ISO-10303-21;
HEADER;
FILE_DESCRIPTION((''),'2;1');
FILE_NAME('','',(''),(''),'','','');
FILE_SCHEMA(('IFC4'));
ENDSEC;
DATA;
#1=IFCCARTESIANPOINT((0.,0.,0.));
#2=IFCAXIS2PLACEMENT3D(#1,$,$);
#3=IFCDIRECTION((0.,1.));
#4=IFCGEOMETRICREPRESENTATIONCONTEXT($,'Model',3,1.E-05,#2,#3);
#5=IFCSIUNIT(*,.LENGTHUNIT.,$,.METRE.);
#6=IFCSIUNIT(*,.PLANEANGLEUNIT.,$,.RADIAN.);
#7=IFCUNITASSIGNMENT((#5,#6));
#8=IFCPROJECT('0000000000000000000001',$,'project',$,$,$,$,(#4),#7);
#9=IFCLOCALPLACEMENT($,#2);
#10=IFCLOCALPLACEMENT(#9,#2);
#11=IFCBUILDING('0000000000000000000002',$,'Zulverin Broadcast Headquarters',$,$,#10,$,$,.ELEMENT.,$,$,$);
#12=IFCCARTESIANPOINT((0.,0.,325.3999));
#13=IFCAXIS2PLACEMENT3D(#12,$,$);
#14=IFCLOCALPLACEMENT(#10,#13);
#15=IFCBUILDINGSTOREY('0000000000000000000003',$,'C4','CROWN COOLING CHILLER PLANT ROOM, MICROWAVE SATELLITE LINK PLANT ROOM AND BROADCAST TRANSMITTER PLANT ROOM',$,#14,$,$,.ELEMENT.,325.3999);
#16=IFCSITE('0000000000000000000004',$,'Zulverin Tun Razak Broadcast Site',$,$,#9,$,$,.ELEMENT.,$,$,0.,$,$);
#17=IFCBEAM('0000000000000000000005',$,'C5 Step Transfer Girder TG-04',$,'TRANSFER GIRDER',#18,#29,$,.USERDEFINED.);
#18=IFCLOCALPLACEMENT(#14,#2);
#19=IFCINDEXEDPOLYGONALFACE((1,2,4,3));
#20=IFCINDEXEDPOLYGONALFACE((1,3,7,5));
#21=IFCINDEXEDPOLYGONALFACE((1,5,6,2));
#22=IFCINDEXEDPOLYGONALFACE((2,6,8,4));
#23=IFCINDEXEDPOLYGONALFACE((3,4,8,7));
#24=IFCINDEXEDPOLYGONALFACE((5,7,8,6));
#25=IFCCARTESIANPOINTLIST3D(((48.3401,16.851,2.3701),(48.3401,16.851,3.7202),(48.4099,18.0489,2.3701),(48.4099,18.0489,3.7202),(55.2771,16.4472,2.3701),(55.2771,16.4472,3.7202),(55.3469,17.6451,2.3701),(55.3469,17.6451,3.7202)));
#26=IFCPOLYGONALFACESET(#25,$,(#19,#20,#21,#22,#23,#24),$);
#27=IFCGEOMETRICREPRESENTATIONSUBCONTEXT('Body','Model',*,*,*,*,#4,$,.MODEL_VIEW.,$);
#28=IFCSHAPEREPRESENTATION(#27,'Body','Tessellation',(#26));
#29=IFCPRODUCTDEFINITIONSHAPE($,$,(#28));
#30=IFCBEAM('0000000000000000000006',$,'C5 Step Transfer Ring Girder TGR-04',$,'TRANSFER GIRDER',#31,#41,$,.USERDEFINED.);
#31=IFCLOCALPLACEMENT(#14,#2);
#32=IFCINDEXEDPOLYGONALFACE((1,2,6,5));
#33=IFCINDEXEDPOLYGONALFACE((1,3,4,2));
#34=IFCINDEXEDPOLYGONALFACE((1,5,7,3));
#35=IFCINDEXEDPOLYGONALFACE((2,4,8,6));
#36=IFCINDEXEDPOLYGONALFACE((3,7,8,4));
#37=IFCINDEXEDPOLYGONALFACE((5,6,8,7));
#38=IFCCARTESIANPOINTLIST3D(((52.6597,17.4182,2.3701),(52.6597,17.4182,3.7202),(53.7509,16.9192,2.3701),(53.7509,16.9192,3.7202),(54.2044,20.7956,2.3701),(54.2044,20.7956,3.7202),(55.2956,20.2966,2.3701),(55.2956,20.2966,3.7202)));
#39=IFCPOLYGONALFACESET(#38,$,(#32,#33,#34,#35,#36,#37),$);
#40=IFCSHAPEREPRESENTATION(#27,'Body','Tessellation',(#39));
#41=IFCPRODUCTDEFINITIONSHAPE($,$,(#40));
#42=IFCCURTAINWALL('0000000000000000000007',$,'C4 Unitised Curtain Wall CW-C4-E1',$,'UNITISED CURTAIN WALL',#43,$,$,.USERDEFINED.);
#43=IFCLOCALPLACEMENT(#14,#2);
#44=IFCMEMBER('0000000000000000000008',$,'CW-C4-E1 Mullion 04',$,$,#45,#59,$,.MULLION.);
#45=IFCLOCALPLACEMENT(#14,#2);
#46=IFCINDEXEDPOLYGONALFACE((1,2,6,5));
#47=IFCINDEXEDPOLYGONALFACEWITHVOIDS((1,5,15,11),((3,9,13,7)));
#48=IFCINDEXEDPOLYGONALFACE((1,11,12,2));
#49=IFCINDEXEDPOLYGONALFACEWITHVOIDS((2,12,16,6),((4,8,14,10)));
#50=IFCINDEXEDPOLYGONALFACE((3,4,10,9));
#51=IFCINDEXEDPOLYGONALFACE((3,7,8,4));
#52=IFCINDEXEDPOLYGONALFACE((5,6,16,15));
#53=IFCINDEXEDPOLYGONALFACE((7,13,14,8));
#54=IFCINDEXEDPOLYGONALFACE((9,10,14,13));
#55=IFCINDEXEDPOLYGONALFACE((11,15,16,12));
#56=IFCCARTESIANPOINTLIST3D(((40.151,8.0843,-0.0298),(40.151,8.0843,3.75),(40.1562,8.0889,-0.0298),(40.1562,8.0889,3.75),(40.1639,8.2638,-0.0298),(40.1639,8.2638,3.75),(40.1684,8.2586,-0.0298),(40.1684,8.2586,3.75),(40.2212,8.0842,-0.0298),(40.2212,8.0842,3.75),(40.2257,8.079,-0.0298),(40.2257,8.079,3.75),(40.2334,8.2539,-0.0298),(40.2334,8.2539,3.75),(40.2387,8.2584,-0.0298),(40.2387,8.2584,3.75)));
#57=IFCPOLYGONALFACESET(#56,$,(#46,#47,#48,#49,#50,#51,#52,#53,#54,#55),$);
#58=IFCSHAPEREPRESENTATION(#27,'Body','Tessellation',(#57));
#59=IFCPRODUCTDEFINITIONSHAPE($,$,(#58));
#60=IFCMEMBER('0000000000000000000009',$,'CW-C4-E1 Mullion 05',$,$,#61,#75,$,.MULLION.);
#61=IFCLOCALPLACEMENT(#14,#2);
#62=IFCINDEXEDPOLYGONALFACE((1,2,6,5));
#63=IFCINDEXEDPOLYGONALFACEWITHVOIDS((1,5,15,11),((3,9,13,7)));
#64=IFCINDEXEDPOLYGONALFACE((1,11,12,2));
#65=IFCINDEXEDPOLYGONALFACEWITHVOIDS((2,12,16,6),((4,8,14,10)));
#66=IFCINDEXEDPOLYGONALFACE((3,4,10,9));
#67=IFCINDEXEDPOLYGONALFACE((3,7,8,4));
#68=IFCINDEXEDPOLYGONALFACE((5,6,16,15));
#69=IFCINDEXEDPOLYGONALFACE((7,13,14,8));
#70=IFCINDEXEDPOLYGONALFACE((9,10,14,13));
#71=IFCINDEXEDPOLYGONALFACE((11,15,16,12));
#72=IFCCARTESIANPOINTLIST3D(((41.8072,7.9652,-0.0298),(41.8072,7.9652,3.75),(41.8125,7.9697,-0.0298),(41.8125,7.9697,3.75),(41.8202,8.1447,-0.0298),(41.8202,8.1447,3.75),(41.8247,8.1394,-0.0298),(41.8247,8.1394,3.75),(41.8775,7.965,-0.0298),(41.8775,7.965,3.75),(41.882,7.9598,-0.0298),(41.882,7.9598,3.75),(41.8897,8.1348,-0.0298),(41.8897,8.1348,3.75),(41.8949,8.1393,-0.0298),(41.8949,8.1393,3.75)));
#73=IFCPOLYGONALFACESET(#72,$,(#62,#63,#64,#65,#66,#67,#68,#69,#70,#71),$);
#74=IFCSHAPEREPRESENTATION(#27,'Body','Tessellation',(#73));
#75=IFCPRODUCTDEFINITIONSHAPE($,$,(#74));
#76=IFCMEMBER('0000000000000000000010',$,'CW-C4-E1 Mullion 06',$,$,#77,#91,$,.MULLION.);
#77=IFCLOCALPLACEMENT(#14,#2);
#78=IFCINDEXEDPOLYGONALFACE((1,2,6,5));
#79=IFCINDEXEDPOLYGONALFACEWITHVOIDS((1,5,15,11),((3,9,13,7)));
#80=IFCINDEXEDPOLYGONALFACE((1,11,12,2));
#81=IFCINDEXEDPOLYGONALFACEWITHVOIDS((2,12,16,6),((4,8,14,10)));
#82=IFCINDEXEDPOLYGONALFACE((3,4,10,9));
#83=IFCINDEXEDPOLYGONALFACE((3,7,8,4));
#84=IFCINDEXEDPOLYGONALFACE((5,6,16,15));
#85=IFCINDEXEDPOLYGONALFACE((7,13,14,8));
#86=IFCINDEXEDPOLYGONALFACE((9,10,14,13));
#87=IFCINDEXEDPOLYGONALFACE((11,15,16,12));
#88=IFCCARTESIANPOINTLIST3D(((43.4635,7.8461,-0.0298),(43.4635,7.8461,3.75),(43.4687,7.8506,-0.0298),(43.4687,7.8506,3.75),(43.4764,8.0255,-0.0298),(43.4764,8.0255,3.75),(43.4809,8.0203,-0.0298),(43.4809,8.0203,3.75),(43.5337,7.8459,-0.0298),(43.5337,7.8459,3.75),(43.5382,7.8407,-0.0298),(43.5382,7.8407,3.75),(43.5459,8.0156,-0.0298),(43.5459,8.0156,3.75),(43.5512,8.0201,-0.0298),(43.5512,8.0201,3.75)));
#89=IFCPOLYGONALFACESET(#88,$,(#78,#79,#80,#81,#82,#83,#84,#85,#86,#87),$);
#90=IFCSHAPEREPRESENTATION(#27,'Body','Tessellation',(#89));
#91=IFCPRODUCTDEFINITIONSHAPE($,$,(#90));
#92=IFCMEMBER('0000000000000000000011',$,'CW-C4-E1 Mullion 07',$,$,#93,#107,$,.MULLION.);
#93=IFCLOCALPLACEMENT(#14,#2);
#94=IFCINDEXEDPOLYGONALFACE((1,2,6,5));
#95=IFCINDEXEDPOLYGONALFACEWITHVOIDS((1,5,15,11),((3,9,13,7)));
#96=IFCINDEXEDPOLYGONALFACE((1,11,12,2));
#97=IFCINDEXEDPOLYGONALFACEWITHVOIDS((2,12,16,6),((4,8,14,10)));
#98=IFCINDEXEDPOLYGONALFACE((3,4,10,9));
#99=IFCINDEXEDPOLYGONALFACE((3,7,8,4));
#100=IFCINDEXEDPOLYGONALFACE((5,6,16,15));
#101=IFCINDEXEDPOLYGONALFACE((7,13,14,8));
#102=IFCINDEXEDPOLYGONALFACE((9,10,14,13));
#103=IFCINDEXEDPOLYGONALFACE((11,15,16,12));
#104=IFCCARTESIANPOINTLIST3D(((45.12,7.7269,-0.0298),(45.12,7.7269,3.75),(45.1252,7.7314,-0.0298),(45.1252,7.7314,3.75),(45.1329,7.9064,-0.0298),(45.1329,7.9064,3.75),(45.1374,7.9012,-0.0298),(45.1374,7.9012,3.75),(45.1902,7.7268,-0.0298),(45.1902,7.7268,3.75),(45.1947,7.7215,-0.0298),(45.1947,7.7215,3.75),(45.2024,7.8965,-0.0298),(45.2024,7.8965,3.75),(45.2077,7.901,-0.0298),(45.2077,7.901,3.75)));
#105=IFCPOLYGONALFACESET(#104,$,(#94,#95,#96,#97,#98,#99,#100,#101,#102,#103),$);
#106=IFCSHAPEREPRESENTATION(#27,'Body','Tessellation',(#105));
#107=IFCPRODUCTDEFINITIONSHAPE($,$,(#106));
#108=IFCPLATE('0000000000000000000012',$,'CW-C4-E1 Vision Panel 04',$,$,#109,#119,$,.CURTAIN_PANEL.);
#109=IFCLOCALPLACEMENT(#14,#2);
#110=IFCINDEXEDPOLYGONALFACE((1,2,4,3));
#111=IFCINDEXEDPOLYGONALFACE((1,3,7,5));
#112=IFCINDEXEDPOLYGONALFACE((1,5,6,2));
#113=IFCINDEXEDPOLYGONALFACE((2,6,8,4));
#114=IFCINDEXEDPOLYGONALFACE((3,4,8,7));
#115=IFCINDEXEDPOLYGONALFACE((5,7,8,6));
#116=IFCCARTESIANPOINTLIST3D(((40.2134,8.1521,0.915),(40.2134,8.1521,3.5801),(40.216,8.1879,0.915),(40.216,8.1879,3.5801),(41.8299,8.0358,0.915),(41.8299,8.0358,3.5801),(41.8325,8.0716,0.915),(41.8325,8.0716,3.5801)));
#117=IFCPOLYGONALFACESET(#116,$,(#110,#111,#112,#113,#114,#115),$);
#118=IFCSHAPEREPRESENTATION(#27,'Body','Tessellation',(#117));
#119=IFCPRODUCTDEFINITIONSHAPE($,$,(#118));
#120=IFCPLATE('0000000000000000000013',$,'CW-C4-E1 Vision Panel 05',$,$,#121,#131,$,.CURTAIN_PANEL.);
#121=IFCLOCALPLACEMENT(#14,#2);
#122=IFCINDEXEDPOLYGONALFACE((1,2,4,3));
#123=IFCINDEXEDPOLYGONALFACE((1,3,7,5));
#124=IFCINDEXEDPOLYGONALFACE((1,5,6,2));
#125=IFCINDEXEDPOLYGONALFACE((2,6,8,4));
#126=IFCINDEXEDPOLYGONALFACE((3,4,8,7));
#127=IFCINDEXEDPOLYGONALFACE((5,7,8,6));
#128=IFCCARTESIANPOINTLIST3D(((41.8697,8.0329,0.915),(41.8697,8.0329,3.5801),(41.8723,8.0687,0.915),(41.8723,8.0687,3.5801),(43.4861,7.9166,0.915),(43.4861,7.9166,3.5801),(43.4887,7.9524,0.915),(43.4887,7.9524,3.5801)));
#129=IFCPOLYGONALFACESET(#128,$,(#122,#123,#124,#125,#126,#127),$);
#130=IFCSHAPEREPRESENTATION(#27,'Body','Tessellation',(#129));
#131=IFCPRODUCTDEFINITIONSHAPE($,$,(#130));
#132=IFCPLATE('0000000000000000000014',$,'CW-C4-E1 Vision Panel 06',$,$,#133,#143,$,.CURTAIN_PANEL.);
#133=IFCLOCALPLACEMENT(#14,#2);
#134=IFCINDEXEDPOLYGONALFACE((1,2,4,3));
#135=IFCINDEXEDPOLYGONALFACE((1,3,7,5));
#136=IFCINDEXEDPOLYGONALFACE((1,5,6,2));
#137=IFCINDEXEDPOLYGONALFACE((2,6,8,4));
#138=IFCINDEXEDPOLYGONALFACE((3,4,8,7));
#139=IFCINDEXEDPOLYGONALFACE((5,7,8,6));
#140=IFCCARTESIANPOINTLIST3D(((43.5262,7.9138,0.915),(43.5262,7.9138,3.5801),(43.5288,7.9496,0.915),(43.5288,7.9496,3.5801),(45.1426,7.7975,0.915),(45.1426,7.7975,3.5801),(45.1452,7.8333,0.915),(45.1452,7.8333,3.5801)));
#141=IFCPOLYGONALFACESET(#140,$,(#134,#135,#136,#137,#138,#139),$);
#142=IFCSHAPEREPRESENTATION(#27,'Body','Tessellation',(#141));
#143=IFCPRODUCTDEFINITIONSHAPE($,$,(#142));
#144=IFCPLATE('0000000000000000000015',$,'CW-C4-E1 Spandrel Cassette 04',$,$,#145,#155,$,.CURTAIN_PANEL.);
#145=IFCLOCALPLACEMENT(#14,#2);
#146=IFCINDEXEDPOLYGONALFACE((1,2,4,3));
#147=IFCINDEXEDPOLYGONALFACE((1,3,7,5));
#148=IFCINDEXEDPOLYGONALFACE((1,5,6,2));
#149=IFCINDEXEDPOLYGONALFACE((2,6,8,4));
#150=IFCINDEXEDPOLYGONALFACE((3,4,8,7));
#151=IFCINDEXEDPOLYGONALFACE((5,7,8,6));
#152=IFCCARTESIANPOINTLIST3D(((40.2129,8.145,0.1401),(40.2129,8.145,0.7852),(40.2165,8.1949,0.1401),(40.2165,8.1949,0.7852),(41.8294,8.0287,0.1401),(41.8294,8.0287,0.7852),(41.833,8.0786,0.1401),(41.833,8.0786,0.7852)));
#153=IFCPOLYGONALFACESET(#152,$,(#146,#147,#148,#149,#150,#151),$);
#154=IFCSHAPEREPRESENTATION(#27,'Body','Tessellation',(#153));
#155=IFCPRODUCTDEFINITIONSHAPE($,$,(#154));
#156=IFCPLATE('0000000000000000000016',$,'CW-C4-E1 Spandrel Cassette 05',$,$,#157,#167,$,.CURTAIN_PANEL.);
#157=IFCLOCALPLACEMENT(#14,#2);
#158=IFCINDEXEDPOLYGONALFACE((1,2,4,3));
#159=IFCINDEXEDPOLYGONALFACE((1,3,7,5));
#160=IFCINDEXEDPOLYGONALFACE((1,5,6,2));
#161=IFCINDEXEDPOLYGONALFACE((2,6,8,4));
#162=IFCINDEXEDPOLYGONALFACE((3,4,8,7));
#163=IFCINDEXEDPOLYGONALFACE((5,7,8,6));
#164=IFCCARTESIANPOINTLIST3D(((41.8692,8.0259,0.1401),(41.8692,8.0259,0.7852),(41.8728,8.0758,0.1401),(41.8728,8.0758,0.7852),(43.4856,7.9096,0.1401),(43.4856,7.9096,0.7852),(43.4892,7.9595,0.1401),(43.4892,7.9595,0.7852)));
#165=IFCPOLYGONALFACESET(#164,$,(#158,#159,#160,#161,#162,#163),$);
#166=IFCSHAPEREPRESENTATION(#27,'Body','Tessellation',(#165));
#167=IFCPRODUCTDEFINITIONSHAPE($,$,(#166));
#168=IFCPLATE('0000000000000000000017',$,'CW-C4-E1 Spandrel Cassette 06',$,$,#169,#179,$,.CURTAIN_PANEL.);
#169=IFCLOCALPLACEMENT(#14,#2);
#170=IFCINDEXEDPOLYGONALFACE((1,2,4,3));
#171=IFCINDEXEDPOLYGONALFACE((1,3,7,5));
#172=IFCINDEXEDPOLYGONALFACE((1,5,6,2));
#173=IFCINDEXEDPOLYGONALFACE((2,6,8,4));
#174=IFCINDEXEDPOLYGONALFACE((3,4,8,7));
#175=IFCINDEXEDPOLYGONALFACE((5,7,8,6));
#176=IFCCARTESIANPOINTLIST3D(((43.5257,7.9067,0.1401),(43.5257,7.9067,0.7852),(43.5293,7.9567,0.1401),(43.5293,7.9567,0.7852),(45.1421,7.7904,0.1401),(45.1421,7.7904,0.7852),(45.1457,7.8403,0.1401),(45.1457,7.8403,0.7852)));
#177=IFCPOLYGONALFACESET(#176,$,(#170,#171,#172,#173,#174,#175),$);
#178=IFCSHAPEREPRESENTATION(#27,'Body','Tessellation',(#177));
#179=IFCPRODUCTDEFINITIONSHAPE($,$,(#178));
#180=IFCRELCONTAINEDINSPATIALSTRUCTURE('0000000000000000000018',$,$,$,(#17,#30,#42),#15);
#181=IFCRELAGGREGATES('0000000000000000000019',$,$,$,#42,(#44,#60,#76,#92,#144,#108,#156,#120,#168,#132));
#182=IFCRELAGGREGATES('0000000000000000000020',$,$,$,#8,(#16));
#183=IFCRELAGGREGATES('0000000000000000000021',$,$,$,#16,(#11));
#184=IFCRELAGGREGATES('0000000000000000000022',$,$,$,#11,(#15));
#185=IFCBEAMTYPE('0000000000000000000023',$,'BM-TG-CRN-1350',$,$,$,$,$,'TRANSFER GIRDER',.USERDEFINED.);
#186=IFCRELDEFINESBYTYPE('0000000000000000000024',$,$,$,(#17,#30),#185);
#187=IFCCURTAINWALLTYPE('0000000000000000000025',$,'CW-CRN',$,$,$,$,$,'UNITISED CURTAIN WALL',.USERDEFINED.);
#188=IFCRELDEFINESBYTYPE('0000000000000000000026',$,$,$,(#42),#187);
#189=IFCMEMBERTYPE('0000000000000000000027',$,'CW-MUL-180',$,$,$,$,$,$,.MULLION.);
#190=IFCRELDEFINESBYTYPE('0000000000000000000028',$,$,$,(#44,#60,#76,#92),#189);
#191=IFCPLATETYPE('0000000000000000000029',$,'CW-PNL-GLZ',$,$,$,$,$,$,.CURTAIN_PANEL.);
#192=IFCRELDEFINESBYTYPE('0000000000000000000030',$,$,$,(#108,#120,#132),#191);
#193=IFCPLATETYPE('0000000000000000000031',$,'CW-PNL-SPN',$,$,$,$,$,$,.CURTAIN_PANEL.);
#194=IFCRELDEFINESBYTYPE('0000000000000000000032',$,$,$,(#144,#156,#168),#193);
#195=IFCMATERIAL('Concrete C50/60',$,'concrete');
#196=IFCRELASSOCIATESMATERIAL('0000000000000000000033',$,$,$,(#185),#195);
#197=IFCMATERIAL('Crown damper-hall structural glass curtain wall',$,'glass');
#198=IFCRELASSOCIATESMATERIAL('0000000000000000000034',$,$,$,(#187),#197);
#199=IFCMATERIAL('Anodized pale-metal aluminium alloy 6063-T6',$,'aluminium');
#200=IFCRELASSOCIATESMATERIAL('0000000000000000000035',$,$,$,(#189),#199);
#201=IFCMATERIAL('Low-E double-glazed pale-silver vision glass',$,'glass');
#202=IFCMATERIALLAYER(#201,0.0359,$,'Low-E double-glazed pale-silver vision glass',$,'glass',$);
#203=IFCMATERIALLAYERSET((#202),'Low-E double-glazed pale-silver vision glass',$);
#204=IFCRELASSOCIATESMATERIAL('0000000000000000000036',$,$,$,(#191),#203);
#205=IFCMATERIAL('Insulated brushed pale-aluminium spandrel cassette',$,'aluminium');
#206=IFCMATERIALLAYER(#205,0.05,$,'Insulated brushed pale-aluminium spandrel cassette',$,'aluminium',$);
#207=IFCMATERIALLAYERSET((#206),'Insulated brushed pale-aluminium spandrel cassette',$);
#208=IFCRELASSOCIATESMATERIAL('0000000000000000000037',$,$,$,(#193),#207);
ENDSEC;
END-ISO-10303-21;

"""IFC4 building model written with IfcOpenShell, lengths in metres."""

from ifc_helpers import new_model, si_unit, direction, frame, origin, origin_2d, place, context, subcontext, project, spatial, rectangle, hollow_rectangle, extrude, material, layer, layer_set, material_profile, profile_set, type_object, element, aggregate, save


model = new_model("IFC4")

# Units and contexts
model_context = context("Model", 3, precision=1e-05, world=origin(), true_north=direction((0.0, 1.0)))
body_context = subcontext(model_context, "Body", "Model", "MODEL_VIEW")
ifc_project = project(units=[si_unit("LENGTHUNIT", "METRE"), si_unit("PLANEANGLEUNIT", "RADIAN")], contexts=[model_context])

# Site, building, storey
site_placement = place(None, origin())
site = spatial("IfcSite", under=ifc_project, at=site_placement, Name="Zulverin Tun Razak Broadcast Site", CompositionType="ELEMENT", RefElevation=0.0)
building_placement = place(site_placement, origin())
building = spatial("IfcBuilding", under=site, at=building_placement, Name="Zulverin Broadcast Headquarters", CompositionType="ELEMENT")
storey_placement = place(building_placement, frame((0.0, 0.0, 325.3999)))
storey = spatial("IfcBuildingStorey", under=building, at=storey_placement, Name="C4", Description="CROWN COOLING CHILLER PLANT ROOM, MICROWAVE SATELLITE LINK PLANT ROOM AND BROADCAST TRANSMITTER PLANT ROOM", CompositionType="ELEMENT", Elevation=325.3999)

# Shared definitions
ifc_material_1 = material(Name="Concrete C50/60", Category="concrete")

# Beams
ifc_material_profile_1 = material_profile(ifc_material_1, rectangle(XDim=1.2, YDim=1.3501, at=origin_2d()), Name="Concrete C50/60", Category="concrete")
ifc_profile_set_1 = profile_set([ifc_material_profile_1], Name="Concrete C50/60")
beam_type_1 = type_object("IfcBeamType", Name="BM-TG-CRN-1350", ElementType="TRANSFER GIRDER", PredefinedType="USERDEFINED", material=ifc_profile_set_1)
beam_1_placement = place(storey_placement, frame((48.375, 17.45, 3.0452), z_axis=(0.99831, -0.058112, 0.0), x_axis=(0.058112, 0.99831, 0.0)))
element("IfcBeam", 1, at=beam_1_placement, inside=storey, type_object=beam_type_1, Name="C5 Step Transfer Girder TG-04", ObjectType="TRANSFER GIRDER", PredefinedType="USERDEFINED", context=body_context, shape_type="SweptSolid", body=[
    extrude(rectangle(XDim=1.2, YDim=1.3501, at=origin_2d()), origin(), (0.0, 0.0, 1.0), 6.9487),
])
beam_2_placement = place(storey_placement, frame((53.2053, 17.1687, 3.0452), z_axis=(0.415917, 0.909403, 0.0), x_axis=(-0.909403, 0.415917, 0.0)))
element("IfcBeam", 2, at=beam_2_placement, inside=storey, type_object=beam_type_1, Name="C5 Step Transfer Ring Girder TGR-04", ObjectType="TRANSFER GIRDER", PredefinedType="USERDEFINED", context=body_context, shape_type="SweptSolid", body=[
    extrude(rectangle(XDim=1.2, YDim=1.3501, at=origin_2d()), origin(), (0.0, 0.0, 1.0), 3.7139),
])

# Curtain wall, members, plates
ifc_material_2 = material(Name="Crown damper-hall structural glass curtain wall", Category="glass")
curtain_wall_type = type_object("IfcCurtainWallType", Name="CW-CRN", ElementType="UNITISED CURTAIN WALL", PredefinedType="USERDEFINED", material=ifc_material_2)
curtain_wall_placement = place(storey_placement, origin())
curtain_wall = element("IfcCurtainWall", 3, at=curtain_wall_placement, inside=storey, type_object=curtain_wall_type, Name="C4 Unitised Curtain Wall CW-C4-E1", ObjectType="UNITISED CURTAIN WALL", PredefinedType="USERDEFINED")
ifc_material_3 = material(Name="Anodized pale-metal aluminium alloy 6063-T6", Category="aluminium")
ifc_material_profile_2 = material_profile(ifc_material_3, hollow_rectangle(XDim=0.075, YDim=0.1799, WallThickness=0.0049, at=origin_2d()), Name="Anodized pale-metal aluminium alloy 6063-T6", Category="aluminium")
ifc_profile_set_2 = profile_set([ifc_material_profile_2], Name="Anodized pale-metal aluminium alloy 6063-T6")
member_type = type_object("IfcMemberType", Name="CW-MUL-180", PredefinedType="MULLION", material=ifc_profile_set_2)
member_1_placement = place(storey_placement, frame((40.1948, 8.1714, -0.0298), z_axis=(0.0, 0.0, 1.0), x_axis=(0.997421, -0.071774, 0.0)))
member_1 = element("IfcMember", 4, at=member_1_placement, type_object=member_type, Name="CW-C4-E1 Mullion 04", PredefinedType="MULLION", context=body_context, shape_type="SweptSolid", body=[
    extrude(hollow_rectangle(XDim=0.075, YDim=0.1799, WallThickness=0.0049, at=origin_2d()), origin(), (0.0, 0.0, 1.0), 3.7798),
])
member_2_placement = place(storey_placement, frame((41.8511, 8.0522, -0.0298), z_axis=(0.0, 0.0, 1.0), x_axis=(0.997421, -0.071774, 0.0)))
member_2 = element("IfcMember", 5, at=member_2_placement, type_object=member_type, Name="CW-C4-E1 Mullion 05", PredefinedType="MULLION", context=body_context, shape_type="SweptSolid", body=[
    extrude(hollow_rectangle(XDim=0.075, YDim=0.1799, WallThickness=0.0049, at=origin_2d()), origin(), (0.0, 0.0, 1.0), 3.7798),
])
member_3_placement = place(storey_placement, frame((43.5073, 7.9331, -0.0298), z_axis=(0.0, 0.0, 1.0), x_axis=(0.997421, -0.071774, 0.0)))
member_3 = element("IfcMember", 6, at=member_3_placement, type_object=member_type, Name="CW-C4-E1 Mullion 06", PredefinedType="MULLION", context=body_context, shape_type="SweptSolid", body=[
    extrude(hollow_rectangle(XDim=0.075, YDim=0.1799, WallThickness=0.0049, at=origin_2d()), origin(), (0.0, 0.0, 1.0), 3.7798),
])
member_4_placement = place(storey_placement, frame((45.1638, 7.814, -0.0298), z_axis=(0.0, 0.0, 1.0), x_axis=(0.997421, -0.071774, 0.0)))
member_4 = element("IfcMember", 7, at=member_4_placement, type_object=member_type, Name="CW-C4-E1 Mullion 07", PredefinedType="MULLION", context=body_context, shape_type="SweptSolid", body=[
    extrude(hollow_rectangle(XDim=0.075, YDim=0.1799, WallThickness=0.0049, at=origin_2d()), origin(), (0.0, 0.0, 1.0), 3.7798),
])
ifc_material_4 = material(Name="Low-E double-glazed pale-silver vision glass", Category="glass")
ifc_layer_1 = layer(ifc_material_4, 0.0359, Name="Low-E double-glazed pale-silver vision glass", Category="glass")
ifc_layer_set_1 = layer_set([ifc_layer_1], Name="Low-E double-glazed pale-silver vision glass")
plate_type_1 = type_object("IfcPlateType", Name="CW-PNL-GLZ", PredefinedType="CURTAIN_PANEL", material=ifc_layer_set_1)
plate_1_placement = place(storey_placement, frame((41.0229, 8.1118, 0.915), z_axis=(0.0, 0.0, 1.0), x_axis=(0.997421, -0.071774, 0.0)))
plate_1 = element("IfcPlate", 8, at=plate_1_placement, type_object=plate_type_1, Name="CW-C4-E1 Vision Panel 04", PredefinedType="CURTAIN_PANEL", context=body_context, shape_type="SweptSolid", body=[
    extrude(rectangle(XDim=1.6206, YDim=0.0359, at=origin_2d()), origin(), (0.0, 0.0, 1.0), 2.665),
])
plate_2_placement = place(storey_placement, frame((42.6792, 7.9927, 0.915), z_axis=(0.0, 0.0, 1.0), x_axis=(0.997421, -0.071774, 0.0)))
plate_2 = element("IfcPlate", 9, at=plate_2_placement, type_object=plate_type_1, Name="CW-C4-E1 Vision Panel 05", PredefinedType="CURTAIN_PANEL", context=body_context, shape_type="SweptSolid", body=[
    extrude(rectangle(XDim=1.6206, YDim=0.0359, at=origin_2d()), origin(), (0.0, 0.0, 1.0), 2.665),
])
plate_3_placement = place(storey_placement, frame((44.3357, 7.8735, 0.915), z_axis=(0.0, 0.0, 1.0), x_axis=(0.997421, -0.071774, 0.0)))
plate_3 = element("IfcPlate", 10, at=plate_3_placement, type_object=plate_type_1, Name="CW-C4-E1 Vision Panel 06", PredefinedType="CURTAIN_PANEL", context=body_context, shape_type="SweptSolid", body=[
    extrude(rectangle(XDim=1.6206, YDim=0.0359, at=origin_2d()), origin(), (0.0, 0.0, 1.0), 2.665),
])
ifc_material_5 = material(Name="Insulated brushed pale-aluminium spandrel cassette", Category="aluminium")
ifc_layer_2 = layer(ifc_material_5, 0.05, Name="Insulated brushed pale-aluminium spandrel cassette", Category="aluminium")
ifc_layer_set_2 = layer_set([ifc_layer_2], Name="Insulated brushed pale-aluminium spandrel cassette")
plate_type_2 = type_object("IfcPlateType", Name="CW-PNL-SPN", PredefinedType="CURTAIN_PANEL", material=ifc_layer_set_2)
plate_4_placement = place(storey_placement, frame((41.0229, 8.1118, 0.1401), z_axis=(0.0, 0.0, 1.0), x_axis=(0.997421, -0.071774, 0.0)))
plate_4 = element("IfcPlate", 11, at=plate_4_placement, type_object=plate_type_2, Name="CW-C4-E1 Spandrel Cassette 04", PredefinedType="CURTAIN_PANEL", context=body_context, shape_type="SweptSolid", body=[
    extrude(rectangle(XDim=1.6206, YDim=0.05, at=origin_2d()), origin(), (0.0, 0.0, 1.0), 0.645),
])
plate_5_placement = place(storey_placement, frame((42.6792, 7.9927, 0.1401), z_axis=(0.0, 0.0, 1.0), x_axis=(0.997421, -0.071774, 0.0)))
plate_5 = element("IfcPlate", 12, at=plate_5_placement, type_object=plate_type_2, Name="CW-C4-E1 Spandrel Cassette 05", PredefinedType="CURTAIN_PANEL", context=body_context, shape_type="SweptSolid", body=[
    extrude(rectangle(XDim=1.6206, YDim=0.05, at=origin_2d()), origin(), (0.0, 0.0, 1.0), 0.645),
])
plate_6_placement = place(storey_placement, frame((44.3357, 7.8735, 0.1401), z_axis=(0.0, 0.0, 1.0), x_axis=(0.997421, -0.071774, 0.0)))
plate_6 = element("IfcPlate", 13, at=plate_6_placement, type_object=plate_type_2, Name="CW-C4-E1 Spandrel Cassette 06", PredefinedType="CURTAIN_PANEL", context=body_context, shape_type="SweptSolid", body=[
    extrude(rectangle(XDim=1.6206, YDim=0.05, at=origin_2d()), origin(), (0.0, 0.0, 1.0), 0.645),
])
aggregate(curtain_wall, [member_1, member_2, member_3, member_4, plate_4, plate_1, plate_5, plate_2, plate_6, plate_3])

save(model, "model.ifc")
